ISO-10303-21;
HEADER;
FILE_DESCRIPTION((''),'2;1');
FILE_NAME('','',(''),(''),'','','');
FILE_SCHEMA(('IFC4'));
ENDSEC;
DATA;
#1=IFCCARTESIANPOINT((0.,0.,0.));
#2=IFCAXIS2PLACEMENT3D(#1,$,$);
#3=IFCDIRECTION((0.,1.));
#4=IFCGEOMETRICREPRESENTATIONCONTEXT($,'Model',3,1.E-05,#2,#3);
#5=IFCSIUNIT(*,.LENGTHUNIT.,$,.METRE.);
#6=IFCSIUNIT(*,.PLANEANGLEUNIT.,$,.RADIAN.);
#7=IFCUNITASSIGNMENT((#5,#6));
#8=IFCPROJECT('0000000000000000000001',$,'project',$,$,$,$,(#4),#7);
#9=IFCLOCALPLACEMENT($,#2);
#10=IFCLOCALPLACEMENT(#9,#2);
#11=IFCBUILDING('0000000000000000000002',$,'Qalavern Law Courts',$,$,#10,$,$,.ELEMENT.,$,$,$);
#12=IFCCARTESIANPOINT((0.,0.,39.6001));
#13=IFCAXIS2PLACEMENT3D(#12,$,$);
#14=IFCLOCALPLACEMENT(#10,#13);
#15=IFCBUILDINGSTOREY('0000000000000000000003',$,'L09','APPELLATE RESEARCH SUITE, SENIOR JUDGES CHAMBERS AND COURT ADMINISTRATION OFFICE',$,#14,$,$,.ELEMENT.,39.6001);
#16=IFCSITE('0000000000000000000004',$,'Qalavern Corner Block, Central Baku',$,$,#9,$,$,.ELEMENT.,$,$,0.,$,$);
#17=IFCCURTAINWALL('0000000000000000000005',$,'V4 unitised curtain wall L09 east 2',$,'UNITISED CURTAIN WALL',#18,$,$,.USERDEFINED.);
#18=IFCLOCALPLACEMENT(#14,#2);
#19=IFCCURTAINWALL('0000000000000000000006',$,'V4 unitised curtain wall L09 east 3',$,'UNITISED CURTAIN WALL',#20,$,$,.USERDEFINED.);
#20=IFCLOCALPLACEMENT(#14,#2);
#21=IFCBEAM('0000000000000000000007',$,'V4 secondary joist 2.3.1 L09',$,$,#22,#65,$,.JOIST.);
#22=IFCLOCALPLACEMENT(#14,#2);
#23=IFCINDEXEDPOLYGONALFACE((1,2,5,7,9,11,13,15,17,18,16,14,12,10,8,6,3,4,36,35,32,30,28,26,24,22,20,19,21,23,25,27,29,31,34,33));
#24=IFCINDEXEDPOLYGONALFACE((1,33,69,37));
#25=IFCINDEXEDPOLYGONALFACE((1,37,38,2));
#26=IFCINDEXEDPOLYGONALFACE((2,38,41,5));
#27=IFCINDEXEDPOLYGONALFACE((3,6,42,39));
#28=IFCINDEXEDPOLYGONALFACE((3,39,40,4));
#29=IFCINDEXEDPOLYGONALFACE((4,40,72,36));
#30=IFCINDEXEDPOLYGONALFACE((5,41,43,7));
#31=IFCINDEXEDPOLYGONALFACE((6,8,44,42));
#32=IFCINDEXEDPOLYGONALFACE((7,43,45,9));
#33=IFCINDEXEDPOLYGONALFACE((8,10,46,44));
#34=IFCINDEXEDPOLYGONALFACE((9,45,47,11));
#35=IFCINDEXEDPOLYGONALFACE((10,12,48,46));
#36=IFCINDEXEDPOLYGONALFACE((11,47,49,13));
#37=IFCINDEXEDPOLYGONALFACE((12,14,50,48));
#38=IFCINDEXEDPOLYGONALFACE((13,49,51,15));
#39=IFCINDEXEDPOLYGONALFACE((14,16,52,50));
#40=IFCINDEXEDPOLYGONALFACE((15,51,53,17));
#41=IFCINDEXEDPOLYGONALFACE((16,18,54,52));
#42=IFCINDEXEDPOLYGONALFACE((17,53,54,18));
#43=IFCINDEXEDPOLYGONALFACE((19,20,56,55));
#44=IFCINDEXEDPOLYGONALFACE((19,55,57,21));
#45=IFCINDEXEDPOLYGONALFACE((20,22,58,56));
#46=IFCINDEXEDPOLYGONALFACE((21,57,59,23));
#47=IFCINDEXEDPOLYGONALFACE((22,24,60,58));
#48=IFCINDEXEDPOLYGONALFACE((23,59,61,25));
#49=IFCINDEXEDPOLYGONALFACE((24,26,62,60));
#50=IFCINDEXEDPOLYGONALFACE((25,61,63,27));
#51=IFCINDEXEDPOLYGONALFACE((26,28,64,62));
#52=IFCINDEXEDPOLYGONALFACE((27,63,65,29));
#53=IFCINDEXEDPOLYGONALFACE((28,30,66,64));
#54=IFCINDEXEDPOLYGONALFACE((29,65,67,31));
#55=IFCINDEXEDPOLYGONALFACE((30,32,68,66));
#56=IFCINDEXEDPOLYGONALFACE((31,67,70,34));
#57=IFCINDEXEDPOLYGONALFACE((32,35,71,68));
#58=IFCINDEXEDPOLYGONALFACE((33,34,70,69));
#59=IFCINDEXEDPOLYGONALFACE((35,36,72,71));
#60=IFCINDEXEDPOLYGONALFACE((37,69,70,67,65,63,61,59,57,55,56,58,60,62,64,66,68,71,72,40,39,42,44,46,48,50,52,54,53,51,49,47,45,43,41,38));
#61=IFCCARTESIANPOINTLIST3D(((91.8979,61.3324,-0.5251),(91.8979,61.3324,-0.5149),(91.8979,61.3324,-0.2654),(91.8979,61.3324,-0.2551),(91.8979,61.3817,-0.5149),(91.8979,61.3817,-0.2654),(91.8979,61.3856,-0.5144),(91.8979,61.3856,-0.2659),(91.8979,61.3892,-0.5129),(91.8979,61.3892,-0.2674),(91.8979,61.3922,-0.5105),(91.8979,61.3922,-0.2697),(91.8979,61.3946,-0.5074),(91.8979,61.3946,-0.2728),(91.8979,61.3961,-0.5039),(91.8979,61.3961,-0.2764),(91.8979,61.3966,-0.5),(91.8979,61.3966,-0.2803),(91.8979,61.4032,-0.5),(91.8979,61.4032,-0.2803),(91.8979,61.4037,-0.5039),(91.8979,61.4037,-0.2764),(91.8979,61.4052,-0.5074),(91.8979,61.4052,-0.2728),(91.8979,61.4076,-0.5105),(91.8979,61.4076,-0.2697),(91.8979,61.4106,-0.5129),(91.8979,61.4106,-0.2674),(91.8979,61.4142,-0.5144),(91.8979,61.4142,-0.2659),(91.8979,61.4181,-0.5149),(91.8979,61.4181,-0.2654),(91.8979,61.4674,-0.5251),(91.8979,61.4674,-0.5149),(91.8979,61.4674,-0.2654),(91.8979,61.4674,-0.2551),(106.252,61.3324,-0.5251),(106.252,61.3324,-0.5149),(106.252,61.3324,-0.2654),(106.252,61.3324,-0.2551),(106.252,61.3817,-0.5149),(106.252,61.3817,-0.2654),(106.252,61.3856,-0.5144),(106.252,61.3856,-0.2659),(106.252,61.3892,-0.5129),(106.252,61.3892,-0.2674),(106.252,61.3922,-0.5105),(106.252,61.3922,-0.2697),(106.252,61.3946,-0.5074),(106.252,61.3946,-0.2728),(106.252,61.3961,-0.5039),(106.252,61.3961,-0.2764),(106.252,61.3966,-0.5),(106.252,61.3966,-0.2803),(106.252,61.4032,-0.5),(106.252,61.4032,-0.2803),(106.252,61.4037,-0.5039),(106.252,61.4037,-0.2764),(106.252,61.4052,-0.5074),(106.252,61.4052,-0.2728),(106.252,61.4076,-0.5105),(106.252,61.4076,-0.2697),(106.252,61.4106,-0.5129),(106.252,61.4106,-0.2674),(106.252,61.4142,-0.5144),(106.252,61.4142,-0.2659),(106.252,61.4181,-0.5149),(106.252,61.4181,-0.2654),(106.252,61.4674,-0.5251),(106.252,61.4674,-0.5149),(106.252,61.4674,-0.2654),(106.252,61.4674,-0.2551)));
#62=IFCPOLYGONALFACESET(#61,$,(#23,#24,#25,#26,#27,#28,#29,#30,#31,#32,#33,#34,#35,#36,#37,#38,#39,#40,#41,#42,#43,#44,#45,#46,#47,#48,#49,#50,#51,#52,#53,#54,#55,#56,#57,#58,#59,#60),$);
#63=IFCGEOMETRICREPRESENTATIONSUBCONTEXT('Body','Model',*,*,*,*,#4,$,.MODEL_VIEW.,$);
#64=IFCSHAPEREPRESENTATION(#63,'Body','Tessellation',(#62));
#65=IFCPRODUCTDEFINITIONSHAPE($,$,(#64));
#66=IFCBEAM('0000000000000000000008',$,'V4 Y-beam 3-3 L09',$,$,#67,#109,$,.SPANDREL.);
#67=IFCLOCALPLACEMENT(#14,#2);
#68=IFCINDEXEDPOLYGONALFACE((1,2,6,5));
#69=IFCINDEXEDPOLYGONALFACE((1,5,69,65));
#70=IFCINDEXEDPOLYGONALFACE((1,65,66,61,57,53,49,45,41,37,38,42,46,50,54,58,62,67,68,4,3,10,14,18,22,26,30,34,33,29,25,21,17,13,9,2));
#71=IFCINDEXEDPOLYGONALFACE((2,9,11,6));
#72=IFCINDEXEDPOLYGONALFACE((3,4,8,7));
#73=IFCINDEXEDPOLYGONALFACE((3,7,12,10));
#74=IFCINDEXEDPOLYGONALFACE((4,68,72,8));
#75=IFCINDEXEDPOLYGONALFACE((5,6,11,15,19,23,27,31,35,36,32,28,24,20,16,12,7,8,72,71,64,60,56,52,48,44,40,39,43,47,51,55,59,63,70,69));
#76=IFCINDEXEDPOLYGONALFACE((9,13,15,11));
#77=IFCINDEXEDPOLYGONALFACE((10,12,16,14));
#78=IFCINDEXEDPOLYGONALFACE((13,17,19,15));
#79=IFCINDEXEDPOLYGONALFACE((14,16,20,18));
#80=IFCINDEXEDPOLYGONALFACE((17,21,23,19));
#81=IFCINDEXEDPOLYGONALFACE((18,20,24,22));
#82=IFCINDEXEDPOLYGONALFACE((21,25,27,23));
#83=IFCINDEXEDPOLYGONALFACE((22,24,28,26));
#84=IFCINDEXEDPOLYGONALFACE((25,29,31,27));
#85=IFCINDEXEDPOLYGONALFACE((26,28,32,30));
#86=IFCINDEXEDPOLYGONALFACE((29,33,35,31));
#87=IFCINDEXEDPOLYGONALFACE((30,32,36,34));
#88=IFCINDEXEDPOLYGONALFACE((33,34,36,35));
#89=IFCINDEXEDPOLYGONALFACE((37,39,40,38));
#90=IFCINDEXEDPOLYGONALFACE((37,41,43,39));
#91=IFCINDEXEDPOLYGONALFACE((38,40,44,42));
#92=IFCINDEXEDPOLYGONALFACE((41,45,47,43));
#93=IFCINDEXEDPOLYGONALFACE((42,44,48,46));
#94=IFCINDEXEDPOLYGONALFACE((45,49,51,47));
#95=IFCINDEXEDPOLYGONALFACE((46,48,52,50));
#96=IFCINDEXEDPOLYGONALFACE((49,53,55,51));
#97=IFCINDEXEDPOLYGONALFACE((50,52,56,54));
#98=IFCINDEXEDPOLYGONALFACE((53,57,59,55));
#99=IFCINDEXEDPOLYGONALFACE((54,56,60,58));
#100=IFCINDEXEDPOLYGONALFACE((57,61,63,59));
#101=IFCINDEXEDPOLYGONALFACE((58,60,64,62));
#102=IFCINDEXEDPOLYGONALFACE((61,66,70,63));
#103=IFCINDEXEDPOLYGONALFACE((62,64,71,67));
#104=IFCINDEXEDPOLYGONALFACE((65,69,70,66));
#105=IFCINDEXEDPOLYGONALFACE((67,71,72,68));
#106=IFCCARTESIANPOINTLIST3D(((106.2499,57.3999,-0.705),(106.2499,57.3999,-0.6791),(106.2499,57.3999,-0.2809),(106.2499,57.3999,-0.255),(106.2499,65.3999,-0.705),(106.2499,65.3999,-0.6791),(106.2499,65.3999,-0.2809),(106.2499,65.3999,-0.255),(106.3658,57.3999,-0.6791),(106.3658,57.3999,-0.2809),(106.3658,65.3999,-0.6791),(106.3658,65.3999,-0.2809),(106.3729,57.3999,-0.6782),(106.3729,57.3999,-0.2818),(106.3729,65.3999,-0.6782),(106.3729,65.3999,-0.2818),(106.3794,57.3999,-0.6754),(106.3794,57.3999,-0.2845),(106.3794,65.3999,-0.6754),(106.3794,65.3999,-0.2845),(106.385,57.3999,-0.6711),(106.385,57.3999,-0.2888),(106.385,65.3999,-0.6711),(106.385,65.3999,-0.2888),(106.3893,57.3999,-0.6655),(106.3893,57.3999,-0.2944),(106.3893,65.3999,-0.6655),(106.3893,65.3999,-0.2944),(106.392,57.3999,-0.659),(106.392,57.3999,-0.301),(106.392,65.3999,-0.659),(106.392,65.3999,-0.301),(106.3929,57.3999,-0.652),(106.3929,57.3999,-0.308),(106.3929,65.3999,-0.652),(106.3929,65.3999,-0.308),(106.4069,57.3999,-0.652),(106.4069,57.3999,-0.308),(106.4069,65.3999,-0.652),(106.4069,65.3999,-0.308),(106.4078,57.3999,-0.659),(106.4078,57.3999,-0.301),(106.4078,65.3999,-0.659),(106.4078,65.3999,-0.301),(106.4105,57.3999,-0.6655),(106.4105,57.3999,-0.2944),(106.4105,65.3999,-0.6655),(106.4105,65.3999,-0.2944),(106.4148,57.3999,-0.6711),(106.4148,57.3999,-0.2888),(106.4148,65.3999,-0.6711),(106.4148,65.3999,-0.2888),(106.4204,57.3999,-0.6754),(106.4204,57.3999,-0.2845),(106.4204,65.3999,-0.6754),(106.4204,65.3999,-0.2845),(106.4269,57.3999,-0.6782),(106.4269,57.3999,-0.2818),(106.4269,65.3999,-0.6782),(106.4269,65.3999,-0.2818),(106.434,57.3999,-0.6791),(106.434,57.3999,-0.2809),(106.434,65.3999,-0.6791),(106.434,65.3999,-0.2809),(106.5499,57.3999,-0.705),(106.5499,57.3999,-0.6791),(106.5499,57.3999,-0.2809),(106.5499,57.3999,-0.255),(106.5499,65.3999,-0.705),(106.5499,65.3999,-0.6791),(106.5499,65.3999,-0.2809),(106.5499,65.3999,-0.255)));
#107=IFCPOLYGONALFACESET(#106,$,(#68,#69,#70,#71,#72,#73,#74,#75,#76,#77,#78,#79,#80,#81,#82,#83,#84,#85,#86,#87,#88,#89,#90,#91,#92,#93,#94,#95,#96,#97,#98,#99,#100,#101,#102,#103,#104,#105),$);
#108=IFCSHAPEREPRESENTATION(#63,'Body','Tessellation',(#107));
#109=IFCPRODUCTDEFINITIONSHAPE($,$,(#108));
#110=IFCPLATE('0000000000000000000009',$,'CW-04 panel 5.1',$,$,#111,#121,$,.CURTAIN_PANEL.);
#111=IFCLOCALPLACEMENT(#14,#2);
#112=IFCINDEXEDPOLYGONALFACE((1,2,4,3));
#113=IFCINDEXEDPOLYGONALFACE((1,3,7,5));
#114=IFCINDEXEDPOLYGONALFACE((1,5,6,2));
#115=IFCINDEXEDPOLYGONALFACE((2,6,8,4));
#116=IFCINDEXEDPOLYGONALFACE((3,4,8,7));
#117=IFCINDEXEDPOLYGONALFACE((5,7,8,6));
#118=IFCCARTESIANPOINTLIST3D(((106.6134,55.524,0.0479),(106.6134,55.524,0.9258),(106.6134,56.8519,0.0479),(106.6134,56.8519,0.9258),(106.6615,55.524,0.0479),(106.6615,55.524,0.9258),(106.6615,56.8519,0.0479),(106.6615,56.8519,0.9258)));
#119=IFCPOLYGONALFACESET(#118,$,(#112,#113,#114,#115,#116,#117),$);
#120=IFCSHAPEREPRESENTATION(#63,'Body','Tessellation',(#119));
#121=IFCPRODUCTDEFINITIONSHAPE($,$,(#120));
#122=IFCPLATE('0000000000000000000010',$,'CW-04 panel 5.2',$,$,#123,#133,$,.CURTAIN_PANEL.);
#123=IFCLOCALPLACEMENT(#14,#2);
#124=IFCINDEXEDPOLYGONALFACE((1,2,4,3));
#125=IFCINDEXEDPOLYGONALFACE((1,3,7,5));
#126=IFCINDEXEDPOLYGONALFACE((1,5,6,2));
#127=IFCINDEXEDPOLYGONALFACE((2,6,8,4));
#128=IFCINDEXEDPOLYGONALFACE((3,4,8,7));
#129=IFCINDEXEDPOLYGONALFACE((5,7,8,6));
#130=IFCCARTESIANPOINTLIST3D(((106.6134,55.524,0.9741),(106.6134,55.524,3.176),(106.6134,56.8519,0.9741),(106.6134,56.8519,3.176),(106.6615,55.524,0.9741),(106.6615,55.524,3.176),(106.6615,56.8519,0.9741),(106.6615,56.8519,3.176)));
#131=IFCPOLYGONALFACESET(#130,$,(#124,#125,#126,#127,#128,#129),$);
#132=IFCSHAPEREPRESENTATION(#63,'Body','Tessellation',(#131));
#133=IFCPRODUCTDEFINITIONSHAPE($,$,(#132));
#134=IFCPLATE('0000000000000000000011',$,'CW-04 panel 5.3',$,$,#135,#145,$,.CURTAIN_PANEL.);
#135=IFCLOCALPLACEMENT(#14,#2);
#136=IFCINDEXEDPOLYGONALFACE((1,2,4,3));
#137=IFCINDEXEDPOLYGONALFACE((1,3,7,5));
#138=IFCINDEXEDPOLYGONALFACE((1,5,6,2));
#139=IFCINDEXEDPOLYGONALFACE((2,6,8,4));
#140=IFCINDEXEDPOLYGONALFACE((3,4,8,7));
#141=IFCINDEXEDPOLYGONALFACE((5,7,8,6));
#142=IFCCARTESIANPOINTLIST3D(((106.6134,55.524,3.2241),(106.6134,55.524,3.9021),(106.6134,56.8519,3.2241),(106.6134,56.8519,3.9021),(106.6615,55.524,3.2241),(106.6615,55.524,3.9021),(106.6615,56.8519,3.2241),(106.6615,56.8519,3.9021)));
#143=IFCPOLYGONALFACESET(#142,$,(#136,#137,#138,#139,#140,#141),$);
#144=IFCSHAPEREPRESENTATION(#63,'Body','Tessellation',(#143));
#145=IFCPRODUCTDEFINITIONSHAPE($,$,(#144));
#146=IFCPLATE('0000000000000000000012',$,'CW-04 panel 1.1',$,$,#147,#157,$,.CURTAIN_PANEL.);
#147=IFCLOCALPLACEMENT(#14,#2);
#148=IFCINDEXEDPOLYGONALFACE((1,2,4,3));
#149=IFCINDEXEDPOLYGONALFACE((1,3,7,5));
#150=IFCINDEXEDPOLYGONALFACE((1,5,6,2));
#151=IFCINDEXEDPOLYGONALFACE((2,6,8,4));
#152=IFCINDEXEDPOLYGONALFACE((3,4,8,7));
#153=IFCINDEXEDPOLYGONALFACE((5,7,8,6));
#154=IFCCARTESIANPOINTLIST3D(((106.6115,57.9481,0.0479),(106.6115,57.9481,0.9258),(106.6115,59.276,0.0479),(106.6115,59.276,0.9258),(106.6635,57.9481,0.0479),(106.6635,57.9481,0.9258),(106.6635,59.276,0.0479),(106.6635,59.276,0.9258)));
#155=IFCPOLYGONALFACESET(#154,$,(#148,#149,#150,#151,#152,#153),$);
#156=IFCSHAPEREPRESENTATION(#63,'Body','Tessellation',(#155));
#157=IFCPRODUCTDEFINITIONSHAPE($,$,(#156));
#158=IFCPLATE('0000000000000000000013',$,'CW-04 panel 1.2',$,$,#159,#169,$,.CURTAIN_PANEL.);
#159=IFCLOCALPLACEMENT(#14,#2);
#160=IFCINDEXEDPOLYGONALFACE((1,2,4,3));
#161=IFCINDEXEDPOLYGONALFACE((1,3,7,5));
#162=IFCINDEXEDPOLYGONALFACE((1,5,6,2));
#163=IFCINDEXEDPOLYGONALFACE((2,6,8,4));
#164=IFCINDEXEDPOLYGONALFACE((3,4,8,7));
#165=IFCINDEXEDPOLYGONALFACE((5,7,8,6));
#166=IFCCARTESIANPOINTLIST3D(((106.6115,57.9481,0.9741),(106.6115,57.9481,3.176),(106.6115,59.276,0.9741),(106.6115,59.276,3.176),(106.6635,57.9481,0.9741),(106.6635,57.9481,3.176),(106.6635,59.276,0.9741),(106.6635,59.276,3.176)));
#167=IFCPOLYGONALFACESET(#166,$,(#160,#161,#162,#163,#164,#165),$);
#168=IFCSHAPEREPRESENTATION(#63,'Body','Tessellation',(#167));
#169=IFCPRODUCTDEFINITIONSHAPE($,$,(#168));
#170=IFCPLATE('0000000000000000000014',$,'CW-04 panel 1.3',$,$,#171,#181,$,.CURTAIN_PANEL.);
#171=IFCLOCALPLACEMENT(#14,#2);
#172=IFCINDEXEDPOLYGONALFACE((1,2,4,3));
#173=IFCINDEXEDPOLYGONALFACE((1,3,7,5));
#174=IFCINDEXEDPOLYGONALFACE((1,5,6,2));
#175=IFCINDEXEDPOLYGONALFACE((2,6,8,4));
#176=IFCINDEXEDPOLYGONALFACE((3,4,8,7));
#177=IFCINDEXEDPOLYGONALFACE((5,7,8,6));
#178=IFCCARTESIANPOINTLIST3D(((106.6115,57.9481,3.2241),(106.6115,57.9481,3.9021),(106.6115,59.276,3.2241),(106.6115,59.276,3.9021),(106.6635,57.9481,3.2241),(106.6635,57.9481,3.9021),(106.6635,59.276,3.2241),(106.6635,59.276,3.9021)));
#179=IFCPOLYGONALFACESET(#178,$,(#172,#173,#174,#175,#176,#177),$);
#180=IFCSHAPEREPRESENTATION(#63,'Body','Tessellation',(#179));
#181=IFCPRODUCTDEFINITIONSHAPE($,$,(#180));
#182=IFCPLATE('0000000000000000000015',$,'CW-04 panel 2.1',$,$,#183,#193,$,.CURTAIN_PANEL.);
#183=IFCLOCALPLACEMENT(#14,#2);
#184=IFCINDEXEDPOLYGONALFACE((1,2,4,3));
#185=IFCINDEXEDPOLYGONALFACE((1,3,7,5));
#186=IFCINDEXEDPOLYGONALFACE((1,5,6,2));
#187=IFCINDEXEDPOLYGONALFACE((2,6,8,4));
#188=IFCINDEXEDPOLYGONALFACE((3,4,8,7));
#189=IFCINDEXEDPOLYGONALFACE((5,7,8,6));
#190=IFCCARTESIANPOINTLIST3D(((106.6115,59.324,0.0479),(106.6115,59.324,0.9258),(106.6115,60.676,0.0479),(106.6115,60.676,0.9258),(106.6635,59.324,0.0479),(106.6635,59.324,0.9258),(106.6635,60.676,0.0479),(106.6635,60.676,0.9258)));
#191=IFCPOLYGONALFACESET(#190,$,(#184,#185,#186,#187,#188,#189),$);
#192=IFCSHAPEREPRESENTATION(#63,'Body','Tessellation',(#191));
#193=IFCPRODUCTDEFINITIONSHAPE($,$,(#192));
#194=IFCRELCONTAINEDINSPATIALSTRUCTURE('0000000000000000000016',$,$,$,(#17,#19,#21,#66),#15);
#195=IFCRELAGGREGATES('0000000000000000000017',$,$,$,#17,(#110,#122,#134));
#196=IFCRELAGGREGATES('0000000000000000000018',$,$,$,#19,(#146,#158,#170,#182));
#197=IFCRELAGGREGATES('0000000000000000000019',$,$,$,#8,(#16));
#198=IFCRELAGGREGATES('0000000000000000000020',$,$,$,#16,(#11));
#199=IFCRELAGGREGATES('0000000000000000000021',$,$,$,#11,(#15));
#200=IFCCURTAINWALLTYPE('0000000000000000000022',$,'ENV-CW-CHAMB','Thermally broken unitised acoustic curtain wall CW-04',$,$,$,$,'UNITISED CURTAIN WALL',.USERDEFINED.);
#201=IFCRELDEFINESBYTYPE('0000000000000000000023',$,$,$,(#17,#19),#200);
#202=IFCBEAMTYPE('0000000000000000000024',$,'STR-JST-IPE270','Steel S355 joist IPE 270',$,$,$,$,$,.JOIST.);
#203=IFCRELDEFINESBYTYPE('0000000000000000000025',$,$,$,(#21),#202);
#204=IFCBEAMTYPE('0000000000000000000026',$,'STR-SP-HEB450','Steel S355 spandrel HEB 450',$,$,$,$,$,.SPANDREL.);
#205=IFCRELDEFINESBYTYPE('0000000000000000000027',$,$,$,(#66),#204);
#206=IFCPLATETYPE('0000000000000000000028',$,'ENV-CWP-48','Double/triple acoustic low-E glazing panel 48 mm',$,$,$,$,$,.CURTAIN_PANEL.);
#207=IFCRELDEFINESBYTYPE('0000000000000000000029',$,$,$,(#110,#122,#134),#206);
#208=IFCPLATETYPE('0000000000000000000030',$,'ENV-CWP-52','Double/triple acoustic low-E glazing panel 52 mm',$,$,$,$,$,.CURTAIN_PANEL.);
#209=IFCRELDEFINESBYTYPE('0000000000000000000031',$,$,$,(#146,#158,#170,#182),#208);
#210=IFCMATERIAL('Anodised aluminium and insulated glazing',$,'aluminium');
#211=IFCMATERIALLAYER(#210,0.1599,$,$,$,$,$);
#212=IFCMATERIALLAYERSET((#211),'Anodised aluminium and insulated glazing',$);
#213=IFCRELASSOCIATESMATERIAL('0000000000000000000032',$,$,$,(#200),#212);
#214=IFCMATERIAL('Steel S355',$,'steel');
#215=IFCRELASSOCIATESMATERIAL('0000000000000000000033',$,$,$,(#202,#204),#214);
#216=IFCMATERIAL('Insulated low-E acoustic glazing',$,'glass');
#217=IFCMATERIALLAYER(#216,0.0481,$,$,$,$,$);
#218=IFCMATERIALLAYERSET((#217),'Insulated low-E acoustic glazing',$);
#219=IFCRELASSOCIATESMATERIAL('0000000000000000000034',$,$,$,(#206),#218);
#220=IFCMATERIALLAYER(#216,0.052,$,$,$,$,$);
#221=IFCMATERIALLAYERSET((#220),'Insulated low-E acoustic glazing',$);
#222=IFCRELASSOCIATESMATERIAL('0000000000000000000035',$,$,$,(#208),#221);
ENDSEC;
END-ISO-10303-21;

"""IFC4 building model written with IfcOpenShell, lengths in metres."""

from ifc_helpers import new_model, si_unit, direction, frame, origin, origin_2d, place, context, subcontext, project, spatial, rectangle, i_section, extrude, material, layer, layer_set, material_profile, profile_set, type_object, element, aggregate, save


model = new_model("IFC4")

# Units and contexts
model_context = context("Model", 3, precision=1e-05, world=origin(), true_north=direction((0.0, 1.0)))
body_context = subcontext(model_context, "Body", "Model", "MODEL_VIEW")
ifc_project = project(units=[si_unit("LENGTHUNIT", "METRE"), si_unit("PLANEANGLEUNIT", "RADIAN")], contexts=[model_context])

# Site, building, storey
site_placement = place(None, origin())
site = spatial("IfcSite", under=ifc_project, at=site_placement, Name="Qalavern Corner Block, Central Baku", CompositionType="ELEMENT", RefElevation=0.0)
building_placement = place(site_placement, origin())
building = spatial("IfcBuilding", under=site, at=building_placement, Name="Qalavern Law Courts", CompositionType="ELEMENT")
storey_placement = place(building_placement, frame((0.0, 0.0, 39.6001)))
storey = spatial("IfcBuildingStorey", under=building, at=storey_placement, Name="L09", Description="APPELLATE RESEARCH SUITE, SENIOR JUDGES CHAMBERS AND COURT ADMINISTRATION OFFICE", CompositionType="ELEMENT", Elevation=39.6001)

# Curtain wall
ifc_material_1 = material(Name="Anodised aluminium and insulated glazing", Category="aluminium")
ifc_layer_1 = layer(ifc_material_1, 0.1599)
ifc_layer_set_1 = layer_set([ifc_layer_1], Name="Anodised aluminium and insulated glazing")
curtain_wall_type = type_object("IfcCurtainWallType", Name="ENV-CW-CHAMB", Description="Thermally broken unitised acoustic curtain wall CW-04", ElementType="UNITISED CURTAIN WALL", PredefinedType="USERDEFINED", material=ifc_layer_set_1)
curtain_wall_1_placement = place(storey_placement, origin())
curtain_wall_1 = element("IfcCurtainWall", 1, at=curtain_wall_1_placement, inside=storey, type_object=curtain_wall_type, Name="V4 unitised curtain wall L09 east 2", ObjectType="UNITISED CURTAIN WALL", PredefinedType="USERDEFINED")

# Curtain wall
curtain_wall_2_placement = place(storey_placement, origin())
curtain_wall_2 = element("IfcCurtainWall", 2, at=curtain_wall_2_placement, inside=storey, type_object=curtain_wall_type, Name="V4 unitised curtain wall L09 east 3", ObjectType="UNITISED CURTAIN WALL", PredefinedType="USERDEFINED")

# Beams
ifc_material_2 = material(Name="Steel S355", Category="steel")
ifc_material_profile_1 = material_profile(ifc_material_2, i_section(OverallWidth=0.135, OverallDepth=0.27, WebThickness=0.0066, FlangeThickness=0.0103, FilletRadius=0.0149, at=origin_2d()), Name="IPE 270")
ifc_profile_set_1 = profile_set([ifc_material_profile_1], Name="Steel S355")
beam_type_1 = type_object("IfcBeamType", Name="STR-JST-IPE270", Description="Steel S355 joist IPE 270", PredefinedType="JOIST", material=ifc_profile_set_1)
beam_1_placement = place(storey_placement, frame((91.8979, 61.3999, -0.3901), z_axis=(1.0, 0.0, 0.0), x_axis=(0.0, 1.0, 0.0)))
element("IfcBeam", 3, at=beam_1_placement, inside=storey, type_object=beam_type_1, Name="V4 secondary joist 2.3.1 L09", PredefinedType="JOIST", context=body_context, shape_type="SweptSolid", body=[
    extrude(i_section(OverallWidth=0.135, OverallDepth=0.27, WebThickness=0.0066, FlangeThickness=0.0103, FilletRadius=0.0149, at=origin_2d()), origin(), (0.0, 0.0, 1.0), 14.354),
])
ifc_material_profile_2 = material_profile(ifc_material_2, i_section(OverallWidth=0.3, OverallDepth=0.45, WebThickness=0.0139, FlangeThickness=0.0259, FilletRadius=0.0271, at=origin_2d()), Name="HEB 450")
ifc_profile_set_2 = profile_set([ifc_material_profile_2], Name="Steel S355")
beam_type_2 = type_object("IfcBeamType", Name="STR-SP-HEB450", Description="Steel S355 spandrel HEB 450", PredefinedType="SPANDREL", material=ifc_profile_set_2)
beam_2_placement = place(storey_placement, frame((106.3999, 57.3999, -0.48), z_axis=(0.0, 1.0, 0.0), x_axis=(-1.0, 0.0, 0.0)))
element("IfcBeam", 4, at=beam_2_placement, inside=storey, type_object=beam_type_2, Name="V4 Y-beam 3-3 L09", PredefinedType="SPANDREL", context=body_context, shape_type="SweptSolid", body=[
    extrude(i_section(OverallWidth=0.3, OverallDepth=0.45, WebThickness=0.0139, FlangeThickness=0.0259, FilletRadius=0.0271, at=origin_2d()), origin(), (0.0, 0.0, 1.0), 8.0),
])

# Plates
ifc_material_3 = material(Name="Insulated low-E acoustic glazing", Category="glass")
ifc_layer_2 = layer(ifc_material_3, 0.0481)
ifc_layer_set_2 = layer_set([ifc_layer_2], Name="Insulated low-E acoustic glazing")
plate_type_1 = type_object("IfcPlateType", Name="ENV-CWP-48", Description="Double/triple acoustic low-E glazing panel 48 mm", PredefinedType="CURTAIN_PANEL", material=ifc_layer_set_2)
plate_1_placement = place(storey_placement, frame((106.6375, 56.188, 0.0479), z_axis=(0.0, 0.0, 1.0), x_axis=(0.0, 1.0, 0.0)))
plate_1 = element("IfcPlate", 5, at=plate_1_placement, type_object=plate_type_1, Name="CW-04 panel 5.1", PredefinedType="CURTAIN_PANEL", context=body_context, shape_type="SweptSolid", body=[
    extrude(rectangle(XDim=1.3279, YDim=0.0481, at=origin_2d()), origin(), (0.0, 0.0, 1.0), 0.8779),
])
plate_2_placement = place(storey_placement, frame((106.6375, 56.188, 0.9741), z_axis=(0.0, 0.0, 1.0), x_axis=(0.0, 1.0, 0.0)))
plate_2 = element("IfcPlate", 6, at=plate_2_placement, type_object=plate_type_1, Name="CW-04 panel 5.2", PredefinedType="CURTAIN_PANEL", context=body_context, shape_type="SweptSolid", body=[
    extrude(rectangle(XDim=1.3279, YDim=0.0481, at=origin_2d()), origin(), (0.0, 0.0, 1.0), 2.2019),
])
plate_3_placement = place(storey_placement, frame((106.6375, 56.188, 3.2241), z_axis=(0.0, 0.0, 1.0), x_axis=(0.0, 1.0, 0.0)))
plate_3 = element("IfcPlate", 7, at=plate_3_placement, type_object=plate_type_1, Name="CW-04 panel 5.3", PredefinedType="CURTAIN_PANEL", context=body_context, shape_type="SweptSolid", body=[
    extrude(rectangle(XDim=1.3279, YDim=0.0481, at=origin_2d()), origin(), (0.0, 0.0, 1.0), 0.678),
])
aggregate(curtain_wall_1, [plate_1, plate_2, plate_3])
ifc_layer_3 = layer(ifc_material_3, 0.052)
ifc_layer_set_3 = layer_set([ifc_layer_3], Name="Insulated low-E acoustic glazing")
plate_type_2 = type_object("IfcPlateType", Name="ENV-CWP-52", Description="Double/triple acoustic low-E glazing panel 52 mm", PredefinedType="CURTAIN_PANEL", material=ifc_layer_set_3)
plate_4_placement = place(storey_placement, frame((106.6375, 58.6121, 0.0479), z_axis=(0.0, 0.0, 1.0), x_axis=(0.0, 1.0, 0.0)))
plate_4 = element("IfcPlate", 8, at=plate_4_placement, type_object=plate_type_2, Name="CW-04 panel 1.1", PredefinedType="CURTAIN_PANEL", context=body_context, shape_type="SweptSolid", body=[
    extrude(rectangle(XDim=1.3279, YDim=0.052, at=origin_2d()), origin(), (0.0, 0.0, 1.0), 0.8779),
])
plate_5_placement = place(storey_placement, frame((106.6375, 58.6121, 0.9741), z_axis=(0.0, 0.0, 1.0), x_axis=(0.0, 1.0, 0.0)))
plate_5 = element("IfcPlate", 9, at=plate_5_placement, type_object=plate_type_2, Name="CW-04 panel 1.2", PredefinedType="CURTAIN_PANEL", context=body_context, shape_type="SweptSolid", body=[
    extrude(rectangle(XDim=1.3279, YDim=0.052, at=origin_2d()), origin(), (0.0, 0.0, 1.0), 2.2019),
])
plate_6_placement = place(storey_placement, frame((106.6375, 58.6121, 3.2241), z_axis=(0.0, 0.0, 1.0), x_axis=(0.0, 1.0, 0.0)))
plate_6 = element("IfcPlate", 10, at=plate_6_placement, type_object=plate_type_2, Name="CW-04 panel 1.3", PredefinedType="CURTAIN_PANEL", context=body_context, shape_type="SweptSolid", body=[
    extrude(rectangle(XDim=1.3279, YDim=0.052, at=origin_2d()), origin(), (0.0, 0.0, 1.0), 0.678),
])
plate_7_placement = place(storey_placement, frame((106.6375, 60.0, 0.0479), z_axis=(0.0, 0.0, 1.0), x_axis=(0.0, 1.0, 0.0)))
plate_7 = element("IfcPlate", 11, at=plate_7_placement, type_object=plate_type_2, Name="CW-04 panel 2.1", PredefinedType="CURTAIN_PANEL", context=body_context, shape_type="SweptSolid", body=[
    extrude(rectangle(XDim=1.3521, YDim=0.052, at=origin_2d()), origin(), (0.0, 0.0, 1.0), 0.8779),
])
aggregate(curtain_wall_2, [plate_4, plate_5, plate_6, plate_7])

save(model, "model.ifc")
